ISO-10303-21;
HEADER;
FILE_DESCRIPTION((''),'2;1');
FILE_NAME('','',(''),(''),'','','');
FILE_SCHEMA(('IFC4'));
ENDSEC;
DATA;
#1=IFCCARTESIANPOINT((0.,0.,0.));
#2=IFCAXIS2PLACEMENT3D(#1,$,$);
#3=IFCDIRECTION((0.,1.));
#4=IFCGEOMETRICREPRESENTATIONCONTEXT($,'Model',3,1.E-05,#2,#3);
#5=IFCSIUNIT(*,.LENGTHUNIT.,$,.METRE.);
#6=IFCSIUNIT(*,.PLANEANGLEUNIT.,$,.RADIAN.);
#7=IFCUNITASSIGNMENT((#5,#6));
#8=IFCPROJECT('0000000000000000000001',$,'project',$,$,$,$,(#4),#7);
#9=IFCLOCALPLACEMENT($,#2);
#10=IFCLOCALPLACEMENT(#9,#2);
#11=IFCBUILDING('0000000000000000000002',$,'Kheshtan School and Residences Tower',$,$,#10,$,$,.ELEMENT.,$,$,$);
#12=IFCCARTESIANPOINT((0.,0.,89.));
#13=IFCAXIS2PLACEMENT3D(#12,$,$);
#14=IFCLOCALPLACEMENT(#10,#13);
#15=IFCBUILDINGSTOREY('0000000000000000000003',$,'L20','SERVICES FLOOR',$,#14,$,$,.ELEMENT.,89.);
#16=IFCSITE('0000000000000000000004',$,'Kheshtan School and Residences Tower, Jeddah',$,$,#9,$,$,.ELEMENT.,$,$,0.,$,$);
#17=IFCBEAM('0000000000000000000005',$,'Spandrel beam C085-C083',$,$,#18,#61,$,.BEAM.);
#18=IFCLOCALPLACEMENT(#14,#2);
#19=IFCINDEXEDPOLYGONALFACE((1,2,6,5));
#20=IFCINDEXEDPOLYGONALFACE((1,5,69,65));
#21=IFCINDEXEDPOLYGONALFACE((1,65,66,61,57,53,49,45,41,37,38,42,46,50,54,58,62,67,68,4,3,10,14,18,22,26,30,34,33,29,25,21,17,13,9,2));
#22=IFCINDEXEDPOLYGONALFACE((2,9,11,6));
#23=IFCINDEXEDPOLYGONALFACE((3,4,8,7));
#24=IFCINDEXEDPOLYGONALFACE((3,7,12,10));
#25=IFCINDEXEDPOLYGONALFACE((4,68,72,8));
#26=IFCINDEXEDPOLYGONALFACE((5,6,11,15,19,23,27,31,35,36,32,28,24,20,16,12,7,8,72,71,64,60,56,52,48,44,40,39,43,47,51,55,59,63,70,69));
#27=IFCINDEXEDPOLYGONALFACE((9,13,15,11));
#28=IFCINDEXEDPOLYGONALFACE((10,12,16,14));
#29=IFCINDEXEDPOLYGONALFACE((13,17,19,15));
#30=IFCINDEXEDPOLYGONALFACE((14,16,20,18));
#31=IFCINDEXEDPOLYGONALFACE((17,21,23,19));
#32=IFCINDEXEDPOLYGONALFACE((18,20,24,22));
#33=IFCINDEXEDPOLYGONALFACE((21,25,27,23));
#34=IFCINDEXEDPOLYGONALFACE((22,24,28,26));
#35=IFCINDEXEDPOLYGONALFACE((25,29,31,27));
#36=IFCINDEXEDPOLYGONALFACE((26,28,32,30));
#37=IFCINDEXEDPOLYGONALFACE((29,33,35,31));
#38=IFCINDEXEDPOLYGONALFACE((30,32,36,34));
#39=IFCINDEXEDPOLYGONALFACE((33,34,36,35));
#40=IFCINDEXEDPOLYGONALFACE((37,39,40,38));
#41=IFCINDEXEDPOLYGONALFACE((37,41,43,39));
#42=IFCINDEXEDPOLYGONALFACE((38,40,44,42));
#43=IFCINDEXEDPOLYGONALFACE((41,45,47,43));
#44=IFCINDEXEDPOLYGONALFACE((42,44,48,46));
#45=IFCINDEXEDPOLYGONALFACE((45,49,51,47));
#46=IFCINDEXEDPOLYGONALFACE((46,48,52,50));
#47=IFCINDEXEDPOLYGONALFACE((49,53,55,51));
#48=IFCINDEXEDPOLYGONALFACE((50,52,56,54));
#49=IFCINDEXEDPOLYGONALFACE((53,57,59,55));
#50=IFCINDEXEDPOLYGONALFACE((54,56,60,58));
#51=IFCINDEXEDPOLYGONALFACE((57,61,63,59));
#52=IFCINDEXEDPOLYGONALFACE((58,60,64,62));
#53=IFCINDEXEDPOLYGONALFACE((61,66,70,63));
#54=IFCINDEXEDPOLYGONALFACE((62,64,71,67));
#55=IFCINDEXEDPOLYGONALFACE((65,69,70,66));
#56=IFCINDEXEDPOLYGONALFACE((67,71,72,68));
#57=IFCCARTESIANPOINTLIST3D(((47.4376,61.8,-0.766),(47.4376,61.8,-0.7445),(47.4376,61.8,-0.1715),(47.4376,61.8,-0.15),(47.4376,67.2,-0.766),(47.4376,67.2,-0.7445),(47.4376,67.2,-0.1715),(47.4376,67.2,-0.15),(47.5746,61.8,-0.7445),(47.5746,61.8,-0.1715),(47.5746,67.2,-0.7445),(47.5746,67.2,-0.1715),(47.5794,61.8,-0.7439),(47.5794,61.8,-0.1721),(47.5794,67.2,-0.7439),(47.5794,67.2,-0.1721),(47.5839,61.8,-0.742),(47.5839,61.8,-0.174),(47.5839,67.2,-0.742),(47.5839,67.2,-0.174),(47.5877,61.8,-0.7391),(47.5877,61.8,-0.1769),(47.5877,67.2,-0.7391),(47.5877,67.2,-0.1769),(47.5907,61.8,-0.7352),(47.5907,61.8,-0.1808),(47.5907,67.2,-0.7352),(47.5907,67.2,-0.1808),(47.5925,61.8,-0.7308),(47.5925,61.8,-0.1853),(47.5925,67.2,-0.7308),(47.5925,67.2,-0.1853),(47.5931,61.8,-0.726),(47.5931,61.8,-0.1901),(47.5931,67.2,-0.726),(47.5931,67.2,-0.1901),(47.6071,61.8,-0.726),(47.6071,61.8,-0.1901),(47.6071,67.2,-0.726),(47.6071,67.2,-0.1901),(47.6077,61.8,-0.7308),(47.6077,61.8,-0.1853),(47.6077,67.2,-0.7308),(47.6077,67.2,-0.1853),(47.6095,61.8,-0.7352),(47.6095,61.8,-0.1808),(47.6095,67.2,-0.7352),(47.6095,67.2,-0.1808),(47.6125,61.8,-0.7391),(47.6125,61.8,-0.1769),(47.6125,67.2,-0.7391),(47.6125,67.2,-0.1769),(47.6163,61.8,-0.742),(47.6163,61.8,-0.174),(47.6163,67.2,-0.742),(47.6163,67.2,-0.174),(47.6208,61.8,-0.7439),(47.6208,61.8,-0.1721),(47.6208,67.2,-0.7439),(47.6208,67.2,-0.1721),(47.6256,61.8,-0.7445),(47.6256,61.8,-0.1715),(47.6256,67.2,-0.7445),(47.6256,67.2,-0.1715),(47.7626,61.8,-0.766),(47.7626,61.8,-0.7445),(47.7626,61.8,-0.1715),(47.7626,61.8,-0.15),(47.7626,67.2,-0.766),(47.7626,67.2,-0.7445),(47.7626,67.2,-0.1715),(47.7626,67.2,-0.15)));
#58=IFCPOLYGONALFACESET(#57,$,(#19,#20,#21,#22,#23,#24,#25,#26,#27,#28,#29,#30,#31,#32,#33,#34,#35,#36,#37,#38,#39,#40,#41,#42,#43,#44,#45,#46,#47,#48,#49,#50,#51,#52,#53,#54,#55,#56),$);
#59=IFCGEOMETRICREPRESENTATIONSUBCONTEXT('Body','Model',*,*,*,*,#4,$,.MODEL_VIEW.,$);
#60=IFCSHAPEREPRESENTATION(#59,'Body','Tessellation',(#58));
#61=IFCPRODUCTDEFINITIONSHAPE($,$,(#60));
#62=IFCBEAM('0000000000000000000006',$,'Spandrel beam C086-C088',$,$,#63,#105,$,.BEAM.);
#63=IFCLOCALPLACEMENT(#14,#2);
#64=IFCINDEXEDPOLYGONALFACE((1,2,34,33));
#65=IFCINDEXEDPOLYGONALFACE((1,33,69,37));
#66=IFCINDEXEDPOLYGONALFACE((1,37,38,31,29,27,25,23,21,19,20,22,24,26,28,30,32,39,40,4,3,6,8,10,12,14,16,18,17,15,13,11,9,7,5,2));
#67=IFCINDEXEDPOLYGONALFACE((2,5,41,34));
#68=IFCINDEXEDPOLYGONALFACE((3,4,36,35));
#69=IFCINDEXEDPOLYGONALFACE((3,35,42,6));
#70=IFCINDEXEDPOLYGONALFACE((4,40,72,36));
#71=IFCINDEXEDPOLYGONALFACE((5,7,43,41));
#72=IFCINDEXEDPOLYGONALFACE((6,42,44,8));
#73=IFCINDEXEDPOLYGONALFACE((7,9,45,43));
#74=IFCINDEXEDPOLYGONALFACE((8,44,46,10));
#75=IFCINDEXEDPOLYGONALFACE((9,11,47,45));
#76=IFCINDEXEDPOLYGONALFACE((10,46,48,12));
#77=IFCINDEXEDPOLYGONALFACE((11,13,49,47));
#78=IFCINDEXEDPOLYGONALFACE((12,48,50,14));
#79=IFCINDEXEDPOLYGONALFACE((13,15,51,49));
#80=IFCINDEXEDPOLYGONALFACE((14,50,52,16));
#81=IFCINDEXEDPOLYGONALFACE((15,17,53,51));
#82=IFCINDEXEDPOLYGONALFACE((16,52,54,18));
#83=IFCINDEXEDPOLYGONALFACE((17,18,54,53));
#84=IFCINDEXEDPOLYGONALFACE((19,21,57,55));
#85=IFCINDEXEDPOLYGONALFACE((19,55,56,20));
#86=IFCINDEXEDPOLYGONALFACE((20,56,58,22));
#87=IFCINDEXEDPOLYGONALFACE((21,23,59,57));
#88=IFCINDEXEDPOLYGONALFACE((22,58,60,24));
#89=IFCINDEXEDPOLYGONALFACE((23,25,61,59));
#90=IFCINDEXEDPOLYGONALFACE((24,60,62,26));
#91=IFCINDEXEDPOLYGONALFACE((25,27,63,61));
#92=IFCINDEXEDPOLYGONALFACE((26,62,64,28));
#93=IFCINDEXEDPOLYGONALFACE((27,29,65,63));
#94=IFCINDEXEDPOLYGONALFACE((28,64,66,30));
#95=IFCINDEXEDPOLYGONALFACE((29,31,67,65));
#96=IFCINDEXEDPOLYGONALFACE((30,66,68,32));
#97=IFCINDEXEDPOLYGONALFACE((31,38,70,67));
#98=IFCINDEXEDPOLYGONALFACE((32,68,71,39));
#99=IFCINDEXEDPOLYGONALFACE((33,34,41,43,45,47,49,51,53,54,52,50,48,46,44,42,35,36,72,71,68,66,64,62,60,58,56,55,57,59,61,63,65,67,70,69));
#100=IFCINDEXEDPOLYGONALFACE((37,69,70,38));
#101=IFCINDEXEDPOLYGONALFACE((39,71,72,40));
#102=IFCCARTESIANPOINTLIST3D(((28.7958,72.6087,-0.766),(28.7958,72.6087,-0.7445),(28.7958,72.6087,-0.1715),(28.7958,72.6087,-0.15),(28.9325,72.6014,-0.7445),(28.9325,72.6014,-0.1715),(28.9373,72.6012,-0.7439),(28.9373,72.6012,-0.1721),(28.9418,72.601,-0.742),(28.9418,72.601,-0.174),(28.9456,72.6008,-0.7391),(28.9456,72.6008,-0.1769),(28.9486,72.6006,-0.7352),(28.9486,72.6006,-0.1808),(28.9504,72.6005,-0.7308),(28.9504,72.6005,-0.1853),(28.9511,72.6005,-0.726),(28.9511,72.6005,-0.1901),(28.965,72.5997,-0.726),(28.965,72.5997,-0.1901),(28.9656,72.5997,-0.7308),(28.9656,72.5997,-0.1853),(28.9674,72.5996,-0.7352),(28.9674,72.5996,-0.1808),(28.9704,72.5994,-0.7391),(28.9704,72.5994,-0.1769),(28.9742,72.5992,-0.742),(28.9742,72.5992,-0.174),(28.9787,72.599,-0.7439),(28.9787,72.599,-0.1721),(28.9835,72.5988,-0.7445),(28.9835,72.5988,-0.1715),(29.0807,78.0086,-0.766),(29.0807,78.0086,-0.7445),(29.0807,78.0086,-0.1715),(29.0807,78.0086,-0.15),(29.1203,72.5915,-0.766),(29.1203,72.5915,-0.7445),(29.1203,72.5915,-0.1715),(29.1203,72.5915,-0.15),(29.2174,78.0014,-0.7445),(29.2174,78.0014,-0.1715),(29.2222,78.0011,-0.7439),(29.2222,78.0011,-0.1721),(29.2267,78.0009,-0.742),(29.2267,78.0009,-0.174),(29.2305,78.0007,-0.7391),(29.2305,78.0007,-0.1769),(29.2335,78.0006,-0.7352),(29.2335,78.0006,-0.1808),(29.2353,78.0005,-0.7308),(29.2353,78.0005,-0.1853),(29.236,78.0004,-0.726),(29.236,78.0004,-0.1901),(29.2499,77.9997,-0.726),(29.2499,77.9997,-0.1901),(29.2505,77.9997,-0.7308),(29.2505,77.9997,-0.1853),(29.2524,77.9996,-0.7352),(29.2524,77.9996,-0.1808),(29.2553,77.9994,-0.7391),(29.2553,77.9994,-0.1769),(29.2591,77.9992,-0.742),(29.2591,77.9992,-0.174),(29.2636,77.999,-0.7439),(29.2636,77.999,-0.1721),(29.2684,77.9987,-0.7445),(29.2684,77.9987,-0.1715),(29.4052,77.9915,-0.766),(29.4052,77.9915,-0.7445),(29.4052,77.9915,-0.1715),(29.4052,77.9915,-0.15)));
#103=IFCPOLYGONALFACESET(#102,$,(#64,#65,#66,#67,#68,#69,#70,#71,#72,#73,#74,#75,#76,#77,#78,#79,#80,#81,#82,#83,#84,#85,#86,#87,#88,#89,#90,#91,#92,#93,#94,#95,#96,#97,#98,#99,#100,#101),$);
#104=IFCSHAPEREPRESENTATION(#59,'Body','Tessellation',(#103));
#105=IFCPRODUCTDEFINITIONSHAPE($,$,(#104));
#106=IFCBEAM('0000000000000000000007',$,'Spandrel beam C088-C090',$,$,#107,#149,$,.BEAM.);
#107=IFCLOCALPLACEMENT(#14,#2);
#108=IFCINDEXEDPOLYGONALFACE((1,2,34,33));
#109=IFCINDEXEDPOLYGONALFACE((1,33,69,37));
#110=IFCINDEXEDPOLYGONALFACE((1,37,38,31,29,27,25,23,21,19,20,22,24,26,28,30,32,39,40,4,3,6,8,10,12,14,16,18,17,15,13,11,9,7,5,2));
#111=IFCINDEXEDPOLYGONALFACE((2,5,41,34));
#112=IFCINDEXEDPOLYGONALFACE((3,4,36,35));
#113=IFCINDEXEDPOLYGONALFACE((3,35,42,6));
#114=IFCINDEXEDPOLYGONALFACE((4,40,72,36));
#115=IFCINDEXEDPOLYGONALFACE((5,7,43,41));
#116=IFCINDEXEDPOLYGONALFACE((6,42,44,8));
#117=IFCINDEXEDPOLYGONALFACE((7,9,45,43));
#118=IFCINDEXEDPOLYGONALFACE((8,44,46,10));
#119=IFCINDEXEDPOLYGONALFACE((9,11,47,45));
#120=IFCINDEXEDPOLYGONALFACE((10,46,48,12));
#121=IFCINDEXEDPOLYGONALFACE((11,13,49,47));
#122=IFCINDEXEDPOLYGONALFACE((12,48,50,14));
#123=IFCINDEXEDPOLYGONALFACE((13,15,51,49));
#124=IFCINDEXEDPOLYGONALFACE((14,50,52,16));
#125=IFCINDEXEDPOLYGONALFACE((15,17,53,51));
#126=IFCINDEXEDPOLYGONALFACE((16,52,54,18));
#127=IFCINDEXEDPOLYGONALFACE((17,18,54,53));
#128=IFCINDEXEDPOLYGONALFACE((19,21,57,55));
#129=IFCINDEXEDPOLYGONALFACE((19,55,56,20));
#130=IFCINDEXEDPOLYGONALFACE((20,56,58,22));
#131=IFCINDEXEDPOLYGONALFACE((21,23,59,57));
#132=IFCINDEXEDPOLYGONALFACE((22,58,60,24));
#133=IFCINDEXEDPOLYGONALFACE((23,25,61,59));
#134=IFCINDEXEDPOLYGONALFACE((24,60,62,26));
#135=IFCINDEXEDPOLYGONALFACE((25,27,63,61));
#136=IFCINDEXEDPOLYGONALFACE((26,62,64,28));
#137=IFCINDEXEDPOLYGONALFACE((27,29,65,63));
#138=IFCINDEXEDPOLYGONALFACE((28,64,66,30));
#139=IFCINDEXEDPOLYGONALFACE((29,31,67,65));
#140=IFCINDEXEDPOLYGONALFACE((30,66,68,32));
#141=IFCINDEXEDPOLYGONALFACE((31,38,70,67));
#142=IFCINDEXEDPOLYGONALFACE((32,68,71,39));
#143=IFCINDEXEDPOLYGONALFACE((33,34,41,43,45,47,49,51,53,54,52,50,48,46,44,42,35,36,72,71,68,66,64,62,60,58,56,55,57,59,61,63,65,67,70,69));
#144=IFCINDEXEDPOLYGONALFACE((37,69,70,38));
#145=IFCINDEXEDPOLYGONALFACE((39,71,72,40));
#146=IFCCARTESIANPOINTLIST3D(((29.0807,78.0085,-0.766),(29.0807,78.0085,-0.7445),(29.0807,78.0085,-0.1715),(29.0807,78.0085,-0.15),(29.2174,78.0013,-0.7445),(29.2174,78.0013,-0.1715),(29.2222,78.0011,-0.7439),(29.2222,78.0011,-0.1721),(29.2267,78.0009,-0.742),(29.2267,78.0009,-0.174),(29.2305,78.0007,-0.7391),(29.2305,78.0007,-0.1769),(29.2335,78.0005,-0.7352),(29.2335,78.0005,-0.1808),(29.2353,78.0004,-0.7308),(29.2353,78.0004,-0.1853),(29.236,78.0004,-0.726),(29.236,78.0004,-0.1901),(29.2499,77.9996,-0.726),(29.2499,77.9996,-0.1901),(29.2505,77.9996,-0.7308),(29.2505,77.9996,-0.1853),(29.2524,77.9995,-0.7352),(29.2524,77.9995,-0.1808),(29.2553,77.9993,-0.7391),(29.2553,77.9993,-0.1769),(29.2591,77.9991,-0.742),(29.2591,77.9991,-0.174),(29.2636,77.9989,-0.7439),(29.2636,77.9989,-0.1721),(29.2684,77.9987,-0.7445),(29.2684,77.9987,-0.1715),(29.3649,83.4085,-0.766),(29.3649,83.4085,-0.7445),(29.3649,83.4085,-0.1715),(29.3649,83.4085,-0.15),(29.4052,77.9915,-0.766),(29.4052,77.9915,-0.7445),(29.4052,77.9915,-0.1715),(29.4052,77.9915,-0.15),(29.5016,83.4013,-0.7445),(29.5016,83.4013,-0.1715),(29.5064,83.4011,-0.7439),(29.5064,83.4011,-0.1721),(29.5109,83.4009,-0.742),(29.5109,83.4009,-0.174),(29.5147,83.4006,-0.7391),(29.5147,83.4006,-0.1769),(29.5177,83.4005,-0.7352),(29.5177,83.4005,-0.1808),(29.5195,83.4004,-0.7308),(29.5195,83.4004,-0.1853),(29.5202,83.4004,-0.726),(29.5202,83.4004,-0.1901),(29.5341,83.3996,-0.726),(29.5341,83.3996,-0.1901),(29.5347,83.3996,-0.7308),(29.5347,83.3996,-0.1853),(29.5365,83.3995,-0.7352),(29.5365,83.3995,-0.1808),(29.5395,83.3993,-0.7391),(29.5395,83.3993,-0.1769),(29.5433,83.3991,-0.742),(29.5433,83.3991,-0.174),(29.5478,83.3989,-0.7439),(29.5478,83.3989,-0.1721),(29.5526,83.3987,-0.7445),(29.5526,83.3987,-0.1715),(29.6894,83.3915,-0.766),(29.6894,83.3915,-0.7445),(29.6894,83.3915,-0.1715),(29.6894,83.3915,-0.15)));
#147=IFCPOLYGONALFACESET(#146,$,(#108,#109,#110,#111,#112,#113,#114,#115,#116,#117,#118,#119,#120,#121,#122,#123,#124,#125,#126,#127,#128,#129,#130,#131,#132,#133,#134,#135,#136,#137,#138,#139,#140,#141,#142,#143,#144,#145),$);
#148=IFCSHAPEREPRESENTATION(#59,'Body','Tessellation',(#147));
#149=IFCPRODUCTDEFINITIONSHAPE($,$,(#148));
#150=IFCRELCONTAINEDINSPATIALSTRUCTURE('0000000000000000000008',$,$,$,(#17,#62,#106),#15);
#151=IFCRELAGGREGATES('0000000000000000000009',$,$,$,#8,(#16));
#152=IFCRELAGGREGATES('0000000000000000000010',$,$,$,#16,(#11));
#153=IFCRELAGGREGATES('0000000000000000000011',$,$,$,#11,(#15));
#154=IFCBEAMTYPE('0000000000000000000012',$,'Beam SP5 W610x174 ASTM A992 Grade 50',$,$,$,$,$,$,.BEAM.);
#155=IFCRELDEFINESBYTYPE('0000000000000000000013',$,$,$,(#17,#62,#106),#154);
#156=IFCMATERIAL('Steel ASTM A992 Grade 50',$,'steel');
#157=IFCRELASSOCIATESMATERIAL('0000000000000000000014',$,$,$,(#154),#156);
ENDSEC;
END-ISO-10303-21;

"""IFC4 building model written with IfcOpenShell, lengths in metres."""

from ifc_helpers import new_model, si_unit, direction, frame, origin, origin_2d, place, context, subcontext, project, spatial, i_section, extrude, material, material_profile, profile_set, type_object, element, save


model = new_model("IFC4")

# Units and contexts
model_context = context("Model", 3, precision=1e-05, world=origin(), true_north=direction((0.0, 1.0)))
body_context = subcontext(model_context, "Body", "Model", "MODEL_VIEW")
ifc_project = project(units=[si_unit("LENGTHUNIT", "METRE"), si_unit("PLANEANGLEUNIT", "RADIAN")], contexts=[model_context])

# Site, building, storey
site_placement = place(None, origin())
site = spatial("IfcSite", under=ifc_project, at=site_placement, Name="Kheshtan School and Residences Tower, Jeddah", CompositionType="ELEMENT", RefElevation=0.0)
building_placement = place(site_placement, origin())
building = spatial("IfcBuilding", under=site, at=building_placement, Name="Kheshtan School and Residences Tower", CompositionType="ELEMENT")
storey_placement = place(building_placement, frame((0.0, 0.0, 89.0)))
storey = spatial("IfcBuildingStorey", under=building, at=storey_placement, Name="L20", Description="SERVICES FLOOR", CompositionType="ELEMENT", Elevation=89.0)

# Shared definitions
ifc_material_1 = material(Name="Steel ASTM A992 Grade 50", Category="steel")

# Beams
ifc_material_profile_1 = material_profile(ifc_material_1, i_section(OverallWidth=0.325, OverallDepth=0.616, WebThickness=0.0139, FlangeThickness=0.0215, FilletRadius=0.0186, at=origin_2d()), Name="W610x174")
ifc_profile_set_1 = profile_set([ifc_material_profile_1], Name="Steel ASTM A992 Grade 50")
beam_type_1 = type_object("IfcBeamType", Name="Beam SP5 W610x174 ASTM A992 Grade 50", PredefinedType="BEAM", material=ifc_profile_set_1)
beam_1_placement = place(storey_placement, frame((47.6001, 67.2, -0.458), z_axis=(0.0, -1.0, 0.0), x_axis=(1.0, 0.0, 0.0)))
element("IfcBeam", 1, at=beam_1_placement, inside=storey, type_object=beam_type_1, Name="Spandrel beam C085-C083", PredefinedType="BEAM", context=body_context, shape_type="SweptSolid", body=[
    extrude(i_section(OverallWidth=0.325, OverallDepth=0.616, WebThickness=0.0139, FlangeThickness=0.0215, FilletRadius=0.0186, at=origin_2d()), origin(), (0.0, 0.0, 1.0), 5.3999),
])
for number, where, z_axis, x_axis, name in (
    (2, (28.958, 72.6001, -0.458), (0.052689, 0.998611, 0.0), (-0.998611, 0.052689, 0.0), "Spandrel beam C086-C088"),
    (3, (29.2429, 78.0, -0.458), (0.052554, 0.998618, 0.0), (-0.998618, 0.052554, 0.0), "Spandrel beam C088-C090"),
):
    element("IfcBeam", number, at=place(storey_placement, frame(where, z_axis=z_axis, x_axis=x_axis)), inside=storey, type_object=beam_type_1, Name=name, PredefinedType="BEAM", context=body_context, shape_type="SweptSolid", body=[
        extrude(i_section(OverallWidth=0.325, OverallDepth=0.616, WebThickness=0.0139, FlangeThickness=0.0215, FilletRadius=0.0186, at=origin_2d()), origin(), (0.0, 0.0, 1.0), 5.4075),
    ])

save(model, "model.ifc")
